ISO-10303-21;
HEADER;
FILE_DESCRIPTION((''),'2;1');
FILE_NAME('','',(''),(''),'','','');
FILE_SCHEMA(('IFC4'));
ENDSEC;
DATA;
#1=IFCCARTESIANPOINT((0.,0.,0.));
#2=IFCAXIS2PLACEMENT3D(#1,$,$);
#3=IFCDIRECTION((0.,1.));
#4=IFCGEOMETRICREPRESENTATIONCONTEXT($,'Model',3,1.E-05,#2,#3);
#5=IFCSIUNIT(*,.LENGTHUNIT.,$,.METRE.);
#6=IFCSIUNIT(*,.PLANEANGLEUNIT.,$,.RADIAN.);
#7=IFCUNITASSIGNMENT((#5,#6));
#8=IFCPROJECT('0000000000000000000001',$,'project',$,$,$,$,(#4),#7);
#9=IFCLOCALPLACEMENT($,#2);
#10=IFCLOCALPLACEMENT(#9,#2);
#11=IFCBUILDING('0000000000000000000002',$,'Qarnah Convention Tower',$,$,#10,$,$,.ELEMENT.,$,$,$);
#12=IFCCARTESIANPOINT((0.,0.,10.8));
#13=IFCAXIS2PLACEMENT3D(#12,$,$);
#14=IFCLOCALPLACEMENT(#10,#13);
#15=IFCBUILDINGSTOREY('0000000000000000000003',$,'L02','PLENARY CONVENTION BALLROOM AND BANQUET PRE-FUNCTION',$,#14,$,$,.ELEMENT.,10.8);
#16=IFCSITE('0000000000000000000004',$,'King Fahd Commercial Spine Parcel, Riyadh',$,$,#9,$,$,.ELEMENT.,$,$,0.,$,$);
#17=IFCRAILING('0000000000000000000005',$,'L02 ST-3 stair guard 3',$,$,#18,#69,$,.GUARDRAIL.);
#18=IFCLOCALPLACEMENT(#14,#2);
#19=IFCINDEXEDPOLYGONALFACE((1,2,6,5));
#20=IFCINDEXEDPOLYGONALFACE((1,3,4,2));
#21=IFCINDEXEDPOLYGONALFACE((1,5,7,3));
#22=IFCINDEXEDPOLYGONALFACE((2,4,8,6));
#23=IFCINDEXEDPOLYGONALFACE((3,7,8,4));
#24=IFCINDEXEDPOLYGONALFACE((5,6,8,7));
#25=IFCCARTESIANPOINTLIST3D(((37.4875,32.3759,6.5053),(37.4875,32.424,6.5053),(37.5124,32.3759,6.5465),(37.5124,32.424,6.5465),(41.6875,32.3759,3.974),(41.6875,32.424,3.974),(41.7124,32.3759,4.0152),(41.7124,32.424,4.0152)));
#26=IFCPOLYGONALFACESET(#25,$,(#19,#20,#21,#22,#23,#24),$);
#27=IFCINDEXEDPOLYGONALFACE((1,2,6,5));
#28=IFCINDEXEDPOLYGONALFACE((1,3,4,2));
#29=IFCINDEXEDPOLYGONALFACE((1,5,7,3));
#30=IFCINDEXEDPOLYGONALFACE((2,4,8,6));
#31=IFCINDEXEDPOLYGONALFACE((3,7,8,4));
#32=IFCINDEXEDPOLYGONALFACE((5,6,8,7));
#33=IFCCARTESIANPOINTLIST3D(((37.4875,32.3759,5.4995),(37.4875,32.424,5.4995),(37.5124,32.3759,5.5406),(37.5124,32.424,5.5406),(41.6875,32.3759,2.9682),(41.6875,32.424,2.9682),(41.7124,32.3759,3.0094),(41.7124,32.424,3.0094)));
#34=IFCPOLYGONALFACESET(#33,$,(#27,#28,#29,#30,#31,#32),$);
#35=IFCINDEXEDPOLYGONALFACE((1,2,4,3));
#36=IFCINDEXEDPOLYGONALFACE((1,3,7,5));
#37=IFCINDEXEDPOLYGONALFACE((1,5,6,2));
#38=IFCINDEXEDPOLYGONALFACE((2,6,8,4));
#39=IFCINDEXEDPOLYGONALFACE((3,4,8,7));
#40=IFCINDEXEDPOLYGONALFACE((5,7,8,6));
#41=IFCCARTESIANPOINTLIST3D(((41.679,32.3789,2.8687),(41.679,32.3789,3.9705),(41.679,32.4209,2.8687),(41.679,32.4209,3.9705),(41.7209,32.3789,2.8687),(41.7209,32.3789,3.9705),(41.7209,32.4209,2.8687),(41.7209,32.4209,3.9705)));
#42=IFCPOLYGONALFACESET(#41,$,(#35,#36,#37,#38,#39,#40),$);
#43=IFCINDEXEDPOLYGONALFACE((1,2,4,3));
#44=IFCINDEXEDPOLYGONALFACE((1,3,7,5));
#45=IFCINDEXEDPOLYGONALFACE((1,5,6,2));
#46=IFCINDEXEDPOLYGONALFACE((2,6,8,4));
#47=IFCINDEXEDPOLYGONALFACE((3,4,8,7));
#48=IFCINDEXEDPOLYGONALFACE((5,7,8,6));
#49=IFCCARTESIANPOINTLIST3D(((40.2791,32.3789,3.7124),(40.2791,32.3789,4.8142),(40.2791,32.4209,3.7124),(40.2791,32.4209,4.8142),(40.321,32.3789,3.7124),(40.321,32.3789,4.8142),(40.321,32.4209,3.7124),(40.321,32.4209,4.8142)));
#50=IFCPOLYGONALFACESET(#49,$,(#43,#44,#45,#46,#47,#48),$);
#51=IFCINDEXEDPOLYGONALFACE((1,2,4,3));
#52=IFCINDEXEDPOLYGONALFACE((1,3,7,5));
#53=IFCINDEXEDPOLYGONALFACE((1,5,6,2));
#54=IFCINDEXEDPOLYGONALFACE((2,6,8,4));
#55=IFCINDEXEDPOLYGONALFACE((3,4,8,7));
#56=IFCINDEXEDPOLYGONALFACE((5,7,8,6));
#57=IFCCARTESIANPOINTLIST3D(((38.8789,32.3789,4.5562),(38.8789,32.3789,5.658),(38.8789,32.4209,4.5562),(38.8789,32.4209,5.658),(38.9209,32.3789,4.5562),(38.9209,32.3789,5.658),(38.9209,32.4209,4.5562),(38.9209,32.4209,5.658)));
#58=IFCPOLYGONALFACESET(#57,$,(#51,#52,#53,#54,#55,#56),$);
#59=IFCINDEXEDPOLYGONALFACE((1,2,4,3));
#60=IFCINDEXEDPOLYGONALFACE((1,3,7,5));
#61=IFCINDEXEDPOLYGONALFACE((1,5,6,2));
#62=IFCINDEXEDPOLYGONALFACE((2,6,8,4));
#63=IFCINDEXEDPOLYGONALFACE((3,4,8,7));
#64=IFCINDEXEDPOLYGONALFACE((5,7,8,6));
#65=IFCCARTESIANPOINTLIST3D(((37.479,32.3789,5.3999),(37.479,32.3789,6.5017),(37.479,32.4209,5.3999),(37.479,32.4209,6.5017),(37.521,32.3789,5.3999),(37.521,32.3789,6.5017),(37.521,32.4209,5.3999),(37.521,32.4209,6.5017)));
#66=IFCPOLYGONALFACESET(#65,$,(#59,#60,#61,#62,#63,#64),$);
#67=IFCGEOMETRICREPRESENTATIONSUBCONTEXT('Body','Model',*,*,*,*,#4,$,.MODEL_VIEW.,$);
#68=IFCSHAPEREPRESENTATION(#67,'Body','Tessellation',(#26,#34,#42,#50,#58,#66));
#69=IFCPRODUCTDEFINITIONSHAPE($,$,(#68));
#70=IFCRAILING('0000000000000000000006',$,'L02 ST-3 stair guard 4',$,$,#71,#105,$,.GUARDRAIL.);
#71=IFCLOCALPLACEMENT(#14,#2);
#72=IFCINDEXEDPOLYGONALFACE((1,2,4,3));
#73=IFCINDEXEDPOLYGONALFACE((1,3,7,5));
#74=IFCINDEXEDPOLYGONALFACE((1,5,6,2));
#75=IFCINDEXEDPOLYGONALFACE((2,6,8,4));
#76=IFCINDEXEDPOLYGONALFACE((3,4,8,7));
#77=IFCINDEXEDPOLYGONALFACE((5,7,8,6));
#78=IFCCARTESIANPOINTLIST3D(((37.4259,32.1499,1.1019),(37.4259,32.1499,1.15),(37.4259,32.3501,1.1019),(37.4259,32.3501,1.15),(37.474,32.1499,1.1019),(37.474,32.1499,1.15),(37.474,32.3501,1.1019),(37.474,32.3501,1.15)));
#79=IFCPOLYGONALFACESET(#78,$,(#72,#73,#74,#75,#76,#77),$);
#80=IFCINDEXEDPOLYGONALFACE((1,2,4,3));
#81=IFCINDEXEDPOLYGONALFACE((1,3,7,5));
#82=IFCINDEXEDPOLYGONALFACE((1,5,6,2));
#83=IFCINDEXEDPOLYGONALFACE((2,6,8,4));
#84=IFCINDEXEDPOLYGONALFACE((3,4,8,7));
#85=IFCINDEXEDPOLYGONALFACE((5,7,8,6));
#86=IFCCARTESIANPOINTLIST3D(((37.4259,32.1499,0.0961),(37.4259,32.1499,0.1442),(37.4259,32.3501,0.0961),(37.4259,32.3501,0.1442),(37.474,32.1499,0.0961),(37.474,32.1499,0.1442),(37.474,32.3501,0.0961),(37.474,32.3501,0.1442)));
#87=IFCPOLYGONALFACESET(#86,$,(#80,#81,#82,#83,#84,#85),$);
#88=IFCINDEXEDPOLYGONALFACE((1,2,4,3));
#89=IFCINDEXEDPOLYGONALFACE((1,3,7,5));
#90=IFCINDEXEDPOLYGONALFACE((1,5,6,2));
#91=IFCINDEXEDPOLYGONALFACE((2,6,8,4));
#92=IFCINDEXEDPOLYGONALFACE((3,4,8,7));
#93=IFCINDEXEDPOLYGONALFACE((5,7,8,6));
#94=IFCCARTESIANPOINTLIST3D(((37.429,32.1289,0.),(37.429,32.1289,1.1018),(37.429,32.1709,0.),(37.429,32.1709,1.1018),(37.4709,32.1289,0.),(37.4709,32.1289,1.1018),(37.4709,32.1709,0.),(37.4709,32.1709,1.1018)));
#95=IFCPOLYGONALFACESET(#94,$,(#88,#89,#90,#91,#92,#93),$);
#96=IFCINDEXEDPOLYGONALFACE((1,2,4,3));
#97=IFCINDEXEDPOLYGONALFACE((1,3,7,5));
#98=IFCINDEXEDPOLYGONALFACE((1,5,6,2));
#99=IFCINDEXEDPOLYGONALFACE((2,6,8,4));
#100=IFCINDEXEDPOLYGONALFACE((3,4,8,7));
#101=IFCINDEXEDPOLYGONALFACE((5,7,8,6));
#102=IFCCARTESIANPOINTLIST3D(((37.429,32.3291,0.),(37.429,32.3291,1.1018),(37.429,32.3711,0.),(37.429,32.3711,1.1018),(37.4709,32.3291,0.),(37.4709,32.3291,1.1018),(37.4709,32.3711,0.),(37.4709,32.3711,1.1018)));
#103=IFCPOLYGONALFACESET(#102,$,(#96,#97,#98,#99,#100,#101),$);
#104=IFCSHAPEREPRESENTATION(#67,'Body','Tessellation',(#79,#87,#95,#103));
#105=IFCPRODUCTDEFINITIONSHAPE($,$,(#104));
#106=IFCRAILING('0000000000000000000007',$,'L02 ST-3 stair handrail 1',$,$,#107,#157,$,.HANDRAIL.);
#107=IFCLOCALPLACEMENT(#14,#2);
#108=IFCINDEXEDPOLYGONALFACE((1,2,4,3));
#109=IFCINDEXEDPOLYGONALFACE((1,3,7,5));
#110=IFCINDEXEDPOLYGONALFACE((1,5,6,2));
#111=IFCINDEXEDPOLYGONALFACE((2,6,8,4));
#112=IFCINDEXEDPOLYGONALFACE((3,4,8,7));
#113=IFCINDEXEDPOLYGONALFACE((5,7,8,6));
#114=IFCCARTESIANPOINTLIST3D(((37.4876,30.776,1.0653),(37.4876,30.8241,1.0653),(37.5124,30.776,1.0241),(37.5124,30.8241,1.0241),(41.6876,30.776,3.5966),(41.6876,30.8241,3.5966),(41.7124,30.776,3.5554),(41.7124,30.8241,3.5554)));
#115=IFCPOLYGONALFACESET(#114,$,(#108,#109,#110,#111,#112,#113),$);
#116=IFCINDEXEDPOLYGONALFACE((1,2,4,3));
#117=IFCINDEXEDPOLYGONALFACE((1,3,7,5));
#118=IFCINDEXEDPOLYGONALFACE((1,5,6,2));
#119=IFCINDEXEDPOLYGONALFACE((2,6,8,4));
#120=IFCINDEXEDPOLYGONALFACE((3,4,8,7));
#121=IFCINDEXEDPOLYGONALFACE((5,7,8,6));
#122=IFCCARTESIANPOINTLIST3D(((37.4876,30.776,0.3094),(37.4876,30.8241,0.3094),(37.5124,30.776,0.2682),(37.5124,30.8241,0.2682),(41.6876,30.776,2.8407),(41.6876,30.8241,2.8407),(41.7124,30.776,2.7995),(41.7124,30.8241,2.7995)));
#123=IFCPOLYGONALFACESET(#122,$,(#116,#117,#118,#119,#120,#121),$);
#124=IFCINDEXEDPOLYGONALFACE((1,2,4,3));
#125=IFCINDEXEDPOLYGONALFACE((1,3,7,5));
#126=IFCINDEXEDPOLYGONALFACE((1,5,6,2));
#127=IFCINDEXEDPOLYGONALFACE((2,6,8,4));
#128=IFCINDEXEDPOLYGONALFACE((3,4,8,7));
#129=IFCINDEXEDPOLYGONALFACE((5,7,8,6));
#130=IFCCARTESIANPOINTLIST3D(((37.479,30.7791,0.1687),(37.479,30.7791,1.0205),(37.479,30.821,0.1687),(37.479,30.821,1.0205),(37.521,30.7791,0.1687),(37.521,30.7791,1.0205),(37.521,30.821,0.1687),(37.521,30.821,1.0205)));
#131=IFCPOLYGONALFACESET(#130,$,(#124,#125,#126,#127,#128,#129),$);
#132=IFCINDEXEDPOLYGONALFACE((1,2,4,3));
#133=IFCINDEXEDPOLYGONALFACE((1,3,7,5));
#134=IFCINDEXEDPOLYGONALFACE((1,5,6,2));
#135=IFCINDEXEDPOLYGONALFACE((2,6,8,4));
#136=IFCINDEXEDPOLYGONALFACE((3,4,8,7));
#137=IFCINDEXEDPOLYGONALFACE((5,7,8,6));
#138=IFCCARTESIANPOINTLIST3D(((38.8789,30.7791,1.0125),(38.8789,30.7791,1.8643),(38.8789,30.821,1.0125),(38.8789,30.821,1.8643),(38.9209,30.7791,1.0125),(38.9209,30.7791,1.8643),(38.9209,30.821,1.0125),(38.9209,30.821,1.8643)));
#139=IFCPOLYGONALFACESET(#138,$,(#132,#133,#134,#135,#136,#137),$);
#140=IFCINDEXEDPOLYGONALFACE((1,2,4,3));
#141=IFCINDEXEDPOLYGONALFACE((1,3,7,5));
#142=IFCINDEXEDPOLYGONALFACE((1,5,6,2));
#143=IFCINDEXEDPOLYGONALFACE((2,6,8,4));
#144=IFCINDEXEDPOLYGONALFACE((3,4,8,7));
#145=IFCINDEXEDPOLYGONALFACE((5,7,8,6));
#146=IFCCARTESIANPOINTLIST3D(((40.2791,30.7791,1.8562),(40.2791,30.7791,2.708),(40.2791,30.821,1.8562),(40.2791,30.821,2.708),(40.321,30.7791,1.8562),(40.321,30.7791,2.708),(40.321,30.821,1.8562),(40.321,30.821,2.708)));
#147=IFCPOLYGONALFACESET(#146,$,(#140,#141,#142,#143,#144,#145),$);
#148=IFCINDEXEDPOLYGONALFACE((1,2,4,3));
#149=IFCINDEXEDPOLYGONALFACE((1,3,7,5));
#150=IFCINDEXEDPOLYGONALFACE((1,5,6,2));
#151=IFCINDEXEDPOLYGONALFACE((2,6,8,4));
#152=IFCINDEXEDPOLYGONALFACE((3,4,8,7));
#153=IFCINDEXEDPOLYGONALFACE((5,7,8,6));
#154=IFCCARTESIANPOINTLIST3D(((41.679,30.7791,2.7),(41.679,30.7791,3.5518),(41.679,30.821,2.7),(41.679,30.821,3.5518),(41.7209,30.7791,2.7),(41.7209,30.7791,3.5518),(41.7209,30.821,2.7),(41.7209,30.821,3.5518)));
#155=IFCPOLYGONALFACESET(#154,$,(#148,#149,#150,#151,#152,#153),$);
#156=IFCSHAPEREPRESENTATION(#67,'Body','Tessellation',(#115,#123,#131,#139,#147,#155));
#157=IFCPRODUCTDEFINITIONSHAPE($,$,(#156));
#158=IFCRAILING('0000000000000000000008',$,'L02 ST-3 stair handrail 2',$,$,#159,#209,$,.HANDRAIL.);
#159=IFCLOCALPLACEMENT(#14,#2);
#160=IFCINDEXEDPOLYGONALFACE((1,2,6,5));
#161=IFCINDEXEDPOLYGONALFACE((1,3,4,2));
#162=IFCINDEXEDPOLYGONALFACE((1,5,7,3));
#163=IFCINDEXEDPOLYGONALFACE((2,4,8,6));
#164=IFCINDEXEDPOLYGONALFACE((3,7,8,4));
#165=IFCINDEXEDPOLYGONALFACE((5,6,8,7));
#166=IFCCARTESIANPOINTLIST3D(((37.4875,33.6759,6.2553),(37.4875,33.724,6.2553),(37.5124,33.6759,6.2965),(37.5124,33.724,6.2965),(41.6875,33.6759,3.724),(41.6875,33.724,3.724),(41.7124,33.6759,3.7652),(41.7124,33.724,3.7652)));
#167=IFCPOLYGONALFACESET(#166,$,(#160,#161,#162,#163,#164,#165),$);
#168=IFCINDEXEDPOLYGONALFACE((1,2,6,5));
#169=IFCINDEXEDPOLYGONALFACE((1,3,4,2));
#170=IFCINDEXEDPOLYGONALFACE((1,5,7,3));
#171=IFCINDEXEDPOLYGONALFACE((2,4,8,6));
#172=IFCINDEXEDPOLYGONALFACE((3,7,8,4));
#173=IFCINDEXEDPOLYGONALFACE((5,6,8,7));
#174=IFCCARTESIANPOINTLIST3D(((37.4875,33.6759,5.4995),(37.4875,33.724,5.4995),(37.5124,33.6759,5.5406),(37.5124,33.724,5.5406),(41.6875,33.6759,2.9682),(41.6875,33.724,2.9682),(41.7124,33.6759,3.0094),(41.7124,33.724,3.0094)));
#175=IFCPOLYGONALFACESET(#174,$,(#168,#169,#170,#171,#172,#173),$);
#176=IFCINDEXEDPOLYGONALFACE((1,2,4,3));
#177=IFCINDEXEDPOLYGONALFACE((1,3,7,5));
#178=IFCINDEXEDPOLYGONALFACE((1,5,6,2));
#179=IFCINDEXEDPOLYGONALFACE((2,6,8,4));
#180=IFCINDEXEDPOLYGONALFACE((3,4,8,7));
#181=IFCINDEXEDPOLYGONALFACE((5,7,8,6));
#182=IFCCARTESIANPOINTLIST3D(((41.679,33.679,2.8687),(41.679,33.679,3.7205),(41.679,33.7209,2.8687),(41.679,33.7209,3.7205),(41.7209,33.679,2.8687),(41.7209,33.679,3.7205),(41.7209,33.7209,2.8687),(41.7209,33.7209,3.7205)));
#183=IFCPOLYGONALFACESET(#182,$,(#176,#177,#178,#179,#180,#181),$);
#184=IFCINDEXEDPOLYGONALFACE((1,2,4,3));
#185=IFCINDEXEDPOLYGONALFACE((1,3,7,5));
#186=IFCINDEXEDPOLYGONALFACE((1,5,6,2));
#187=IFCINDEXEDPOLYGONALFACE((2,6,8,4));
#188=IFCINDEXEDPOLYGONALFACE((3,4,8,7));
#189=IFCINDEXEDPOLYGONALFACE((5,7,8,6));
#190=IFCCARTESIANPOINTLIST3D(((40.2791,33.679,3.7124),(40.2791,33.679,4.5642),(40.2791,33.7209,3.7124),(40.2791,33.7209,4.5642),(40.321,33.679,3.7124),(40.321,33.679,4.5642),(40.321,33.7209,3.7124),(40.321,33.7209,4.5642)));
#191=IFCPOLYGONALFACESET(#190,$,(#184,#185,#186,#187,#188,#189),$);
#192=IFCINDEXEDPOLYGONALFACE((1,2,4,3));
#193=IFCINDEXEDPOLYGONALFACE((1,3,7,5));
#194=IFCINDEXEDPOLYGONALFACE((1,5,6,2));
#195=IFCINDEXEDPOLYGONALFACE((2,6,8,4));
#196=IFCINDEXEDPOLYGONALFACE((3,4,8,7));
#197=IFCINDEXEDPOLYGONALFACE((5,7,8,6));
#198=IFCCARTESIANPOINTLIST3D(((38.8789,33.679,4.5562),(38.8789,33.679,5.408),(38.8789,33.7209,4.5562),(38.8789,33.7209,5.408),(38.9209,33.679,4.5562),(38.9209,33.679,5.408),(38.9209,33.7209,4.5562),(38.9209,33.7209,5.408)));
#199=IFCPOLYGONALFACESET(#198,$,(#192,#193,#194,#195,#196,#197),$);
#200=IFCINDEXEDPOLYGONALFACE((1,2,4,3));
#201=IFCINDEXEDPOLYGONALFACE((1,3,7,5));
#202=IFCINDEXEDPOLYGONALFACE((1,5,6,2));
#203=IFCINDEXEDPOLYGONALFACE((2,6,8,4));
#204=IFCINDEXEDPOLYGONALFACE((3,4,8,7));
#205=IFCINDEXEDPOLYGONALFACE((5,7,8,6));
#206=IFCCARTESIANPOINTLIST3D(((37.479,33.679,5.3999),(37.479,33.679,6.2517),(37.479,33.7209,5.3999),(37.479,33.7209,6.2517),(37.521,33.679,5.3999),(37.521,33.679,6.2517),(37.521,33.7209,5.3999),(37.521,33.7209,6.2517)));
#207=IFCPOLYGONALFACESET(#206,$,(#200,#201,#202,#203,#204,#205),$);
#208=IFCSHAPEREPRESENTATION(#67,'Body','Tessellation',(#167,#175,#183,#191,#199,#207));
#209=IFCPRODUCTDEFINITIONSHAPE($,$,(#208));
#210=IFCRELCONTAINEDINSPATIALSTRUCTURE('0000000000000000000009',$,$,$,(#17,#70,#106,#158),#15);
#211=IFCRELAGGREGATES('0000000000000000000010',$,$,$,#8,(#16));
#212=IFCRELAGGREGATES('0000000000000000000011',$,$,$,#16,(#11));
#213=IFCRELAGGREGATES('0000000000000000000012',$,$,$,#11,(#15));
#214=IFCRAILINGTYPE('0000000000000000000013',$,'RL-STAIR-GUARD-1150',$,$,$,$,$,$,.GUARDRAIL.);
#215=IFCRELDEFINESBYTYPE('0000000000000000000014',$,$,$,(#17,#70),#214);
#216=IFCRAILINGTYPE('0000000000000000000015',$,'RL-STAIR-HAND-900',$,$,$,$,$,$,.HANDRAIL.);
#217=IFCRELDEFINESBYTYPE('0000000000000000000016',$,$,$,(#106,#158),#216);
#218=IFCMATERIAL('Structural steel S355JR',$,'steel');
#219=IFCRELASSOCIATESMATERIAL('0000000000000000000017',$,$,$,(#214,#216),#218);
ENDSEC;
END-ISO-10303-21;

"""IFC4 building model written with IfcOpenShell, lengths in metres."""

from ifc_helpers import new_model, si_unit, direction, frame, origin, origin_2d, place, context, subcontext, project, spatial, rectangle, extrude, material, type_object, element, save


model = new_model("IFC4")

# Units and contexts
model_context = context("Model", 3, precision=1e-05, world=origin(), true_north=direction((0.0, 1.0)))
body_context = subcontext(model_context, "Body", "Model", "MODEL_VIEW")
ifc_project = project(units=[si_unit("LENGTHUNIT", "METRE"), si_unit("PLANEANGLEUNIT", "RADIAN")], contexts=[model_context])

# Site, building, storey
site_placement = place(None, origin())
site = spatial("IfcSite", under=ifc_project, at=site_placement, Name="King Fahd Commercial Spine Parcel, Riyadh", CompositionType="ELEMENT", RefElevation=0.0)
building_placement = place(site_placement, origin())
building = spatial("IfcBuilding", under=site, at=building_placement, Name="Qarnah Convention Tower", CompositionType="ELEMENT")
storey_placement = place(building_placement, frame((0.0, 0.0, 10.8)))
storey = spatial("IfcBuildingStorey", under=building, at=storey_placement, Name="L02", Description="PLENARY CONVENTION BALLROOM AND BANQUET PRE-FUNCTION", CompositionType="ELEMENT", Elevation=10.8)

# Shared definitions
ifc_material_1 = material(Name="Structural steel S355JR", Category="steel")

# Railings
railing_type_1 = type_object("IfcRailingType", Name="RL-STAIR-GUARD-1150", PredefinedType="GUARDRAIL", material=ifc_material_1)
railing_1_placement = place(storey_placement, frame((41.7, 32.3999, 2.8687)))
element("IfcRailing", 1, at=railing_1_placement, inside=storey, type_object=railing_type_1, Name="L02 ST-3 stair guard 3", PredefinedType="GUARDRAIL", context=body_context, shape_type="SweptSolid", body=[
    extrude(rectangle(XDim=0.0481, YDim=0.0481, at=origin_2d()), frame((0.0, 0.0, 1.126), z_axis=(-0.856476, 0.0, 0.516186), x_axis=(0.0, -1.0, 0.0)), (0.0, 0.0, 1.0), 4.9038),
    extrude(rectangle(XDim=0.0481, YDim=0.0481, at=origin_2d()), frame((0.0, 0.0, 0.1201), z_axis=(-0.856476, 0.0, 0.516186), x_axis=(0.0, -1.0, 0.0)), (0.0, 0.0, 1.0), 4.9038),
    extrude(rectangle(XDim=0.042, YDim=0.042, at=origin_2d()), origin(), (0.0, 0.0, 1.0), 1.1018),
    extrude(rectangle(XDim=0.042, YDim=0.042, at=origin_2d()), frame((-1.3999, 0.0, 0.8438)), (0.0, 0.0, 1.0), 1.1018),
    extrude(rectangle(XDim=0.042, YDim=0.042, at=origin_2d()), frame((-2.8, 0.0, 1.6875)), (0.0, 0.0, 1.0), 1.1018),
    extrude(rectangle(XDim=0.042, YDim=0.042, at=origin_2d()), frame((-4.2, 0.0, 2.5312)), (0.0, 0.0, 1.0), 1.1018),
])
railing_2_placement = place(storey_placement, frame((37.45, 32.1499, 0.0)))
element("IfcRailing", 2, at=railing_2_placement, inside=storey, type_object=railing_type_1, Name="L02 ST-3 stair guard 4", PredefinedType="GUARDRAIL", context=body_context, shape_type="SweptSolid", body=[
    extrude(rectangle(XDim=0.0481, YDim=0.0481, at=origin_2d()), frame((0.0, 0.0, 1.126), z_axis=(0.0, 1.0, 0.0), x_axis=(-1.0, 0.0, 0.0)), (0.0, 0.0, 1.0), 0.2002),
    extrude(rectangle(XDim=0.0481, YDim=0.0481, at=origin_2d()), frame((0.0, 0.0, 0.1201), z_axis=(0.0, 1.0, 0.0), x_axis=(-1.0, 0.0, 0.0)), (0.0, 0.0, 1.0), 0.2002),
    extrude(rectangle(XDim=0.042, YDim=0.042, at=origin_2d()), origin(), (0.0, 0.0, 1.0), 1.1018),
    extrude(rectangle(XDim=0.042, YDim=0.042, at=origin_2d()), frame((0.0, 0.2002, 0.0)), (0.0, 0.0, 1.0), 1.1018),
])
railing_type_2 = type_object("IfcRailingType", Name="RL-STAIR-HAND-900", PredefinedType="HANDRAIL", material=ifc_material_1)
railing_3_placement = place(storey_placement, frame((37.5, 30.8, 0.1687)))
element("IfcRailing", 3, at=railing_3_placement, inside=storey, type_object=railing_type_2, Name="L02 ST-3 stair handrail 1", PredefinedType="HANDRAIL", context=body_context, shape_type="SweptSolid", body=[
    extrude(rectangle(XDim=0.0481, YDim=0.0481, at=origin_2d()), frame((0.0, 0.0, 0.876), z_axis=(0.856476, 0.0, 0.516186), x_axis=(0.0, 1.0, 0.0)), (0.0, 0.0, 1.0), 4.9038),
    extrude(rectangle(XDim=0.0481, YDim=0.0481, at=origin_2d()), frame((0.0, 0.0, 0.1201), z_axis=(0.856476, 0.0, 0.516186), x_axis=(0.0, 1.0, 0.0)), (0.0, 0.0, 1.0), 4.9038),
    extrude(rectangle(XDim=0.042, YDim=0.042, at=origin_2d()), origin(), (0.0, 0.0, 1.0), 0.8518),
    extrude(rectangle(XDim=0.042, YDim=0.042, at=origin_2d()), frame((1.3999, 0.0, 0.8438)), (0.0, 0.0, 1.0), 0.8518),
    extrude(rectangle(XDim=0.042, YDim=0.042, at=origin_2d()), frame((2.8, 0.0, 1.6875)), (0.0, 0.0, 1.0), 0.8518),
    extrude(rectangle(XDim=0.042, YDim=0.042, at=origin_2d()), frame((4.2, 0.0, 2.5312)), (0.0, 0.0, 1.0), 0.8518),
])
railing_4_placement = place(storey_placement, frame((41.7, 33.7, 2.8687)))
element("IfcRailing", 4, at=railing_4_placement, inside=storey, type_object=railing_type_2, Name="L02 ST-3 stair handrail 2", PredefinedType="HANDRAIL", context=body_context, shape_type="SweptSolid", body=[
    extrude(rectangle(XDim=0.0481, YDim=0.0481, at=origin_2d()), frame((0.0, 0.0, 0.876), z_axis=(-0.856476, 0.0, 0.516186), x_axis=(0.0, -1.0, 0.0)), (0.0, 0.0, 1.0), 4.9038),
    extrude(rectangle(XDim=0.0481, YDim=0.0481, at=origin_2d()), frame((0.0, 0.0, 0.1201), z_axis=(-0.856476, 0.0, 0.516186), x_axis=(0.0, -1.0, 0.0)), (0.0, 0.0, 1.0), 4.9038),
    extrude(rectangle(XDim=0.042, YDim=0.042, at=origin_2d()), origin(), (0.0, 0.0, 1.0), 0.8518),
    extrude(rectangle(XDim=0.042, YDim=0.042, at=origin_2d()), frame((-1.3999, 0.0, 0.8438)), (0.0, 0.0, 1.0), 0.8518),
    extrude(rectangle(XDim=0.042, YDim=0.042, at=origin_2d()), frame((-2.8, 0.0, 1.6875)), (0.0, 0.0, 1.0), 0.8518),
    extrude(rectangle(XDim=0.042, YDim=0.042, at=origin_2d()), frame((-4.2, 0.0, 2.5312)), (0.0, 0.0, 1.0), 0.8518),
])

save(model, "model.ifc")
